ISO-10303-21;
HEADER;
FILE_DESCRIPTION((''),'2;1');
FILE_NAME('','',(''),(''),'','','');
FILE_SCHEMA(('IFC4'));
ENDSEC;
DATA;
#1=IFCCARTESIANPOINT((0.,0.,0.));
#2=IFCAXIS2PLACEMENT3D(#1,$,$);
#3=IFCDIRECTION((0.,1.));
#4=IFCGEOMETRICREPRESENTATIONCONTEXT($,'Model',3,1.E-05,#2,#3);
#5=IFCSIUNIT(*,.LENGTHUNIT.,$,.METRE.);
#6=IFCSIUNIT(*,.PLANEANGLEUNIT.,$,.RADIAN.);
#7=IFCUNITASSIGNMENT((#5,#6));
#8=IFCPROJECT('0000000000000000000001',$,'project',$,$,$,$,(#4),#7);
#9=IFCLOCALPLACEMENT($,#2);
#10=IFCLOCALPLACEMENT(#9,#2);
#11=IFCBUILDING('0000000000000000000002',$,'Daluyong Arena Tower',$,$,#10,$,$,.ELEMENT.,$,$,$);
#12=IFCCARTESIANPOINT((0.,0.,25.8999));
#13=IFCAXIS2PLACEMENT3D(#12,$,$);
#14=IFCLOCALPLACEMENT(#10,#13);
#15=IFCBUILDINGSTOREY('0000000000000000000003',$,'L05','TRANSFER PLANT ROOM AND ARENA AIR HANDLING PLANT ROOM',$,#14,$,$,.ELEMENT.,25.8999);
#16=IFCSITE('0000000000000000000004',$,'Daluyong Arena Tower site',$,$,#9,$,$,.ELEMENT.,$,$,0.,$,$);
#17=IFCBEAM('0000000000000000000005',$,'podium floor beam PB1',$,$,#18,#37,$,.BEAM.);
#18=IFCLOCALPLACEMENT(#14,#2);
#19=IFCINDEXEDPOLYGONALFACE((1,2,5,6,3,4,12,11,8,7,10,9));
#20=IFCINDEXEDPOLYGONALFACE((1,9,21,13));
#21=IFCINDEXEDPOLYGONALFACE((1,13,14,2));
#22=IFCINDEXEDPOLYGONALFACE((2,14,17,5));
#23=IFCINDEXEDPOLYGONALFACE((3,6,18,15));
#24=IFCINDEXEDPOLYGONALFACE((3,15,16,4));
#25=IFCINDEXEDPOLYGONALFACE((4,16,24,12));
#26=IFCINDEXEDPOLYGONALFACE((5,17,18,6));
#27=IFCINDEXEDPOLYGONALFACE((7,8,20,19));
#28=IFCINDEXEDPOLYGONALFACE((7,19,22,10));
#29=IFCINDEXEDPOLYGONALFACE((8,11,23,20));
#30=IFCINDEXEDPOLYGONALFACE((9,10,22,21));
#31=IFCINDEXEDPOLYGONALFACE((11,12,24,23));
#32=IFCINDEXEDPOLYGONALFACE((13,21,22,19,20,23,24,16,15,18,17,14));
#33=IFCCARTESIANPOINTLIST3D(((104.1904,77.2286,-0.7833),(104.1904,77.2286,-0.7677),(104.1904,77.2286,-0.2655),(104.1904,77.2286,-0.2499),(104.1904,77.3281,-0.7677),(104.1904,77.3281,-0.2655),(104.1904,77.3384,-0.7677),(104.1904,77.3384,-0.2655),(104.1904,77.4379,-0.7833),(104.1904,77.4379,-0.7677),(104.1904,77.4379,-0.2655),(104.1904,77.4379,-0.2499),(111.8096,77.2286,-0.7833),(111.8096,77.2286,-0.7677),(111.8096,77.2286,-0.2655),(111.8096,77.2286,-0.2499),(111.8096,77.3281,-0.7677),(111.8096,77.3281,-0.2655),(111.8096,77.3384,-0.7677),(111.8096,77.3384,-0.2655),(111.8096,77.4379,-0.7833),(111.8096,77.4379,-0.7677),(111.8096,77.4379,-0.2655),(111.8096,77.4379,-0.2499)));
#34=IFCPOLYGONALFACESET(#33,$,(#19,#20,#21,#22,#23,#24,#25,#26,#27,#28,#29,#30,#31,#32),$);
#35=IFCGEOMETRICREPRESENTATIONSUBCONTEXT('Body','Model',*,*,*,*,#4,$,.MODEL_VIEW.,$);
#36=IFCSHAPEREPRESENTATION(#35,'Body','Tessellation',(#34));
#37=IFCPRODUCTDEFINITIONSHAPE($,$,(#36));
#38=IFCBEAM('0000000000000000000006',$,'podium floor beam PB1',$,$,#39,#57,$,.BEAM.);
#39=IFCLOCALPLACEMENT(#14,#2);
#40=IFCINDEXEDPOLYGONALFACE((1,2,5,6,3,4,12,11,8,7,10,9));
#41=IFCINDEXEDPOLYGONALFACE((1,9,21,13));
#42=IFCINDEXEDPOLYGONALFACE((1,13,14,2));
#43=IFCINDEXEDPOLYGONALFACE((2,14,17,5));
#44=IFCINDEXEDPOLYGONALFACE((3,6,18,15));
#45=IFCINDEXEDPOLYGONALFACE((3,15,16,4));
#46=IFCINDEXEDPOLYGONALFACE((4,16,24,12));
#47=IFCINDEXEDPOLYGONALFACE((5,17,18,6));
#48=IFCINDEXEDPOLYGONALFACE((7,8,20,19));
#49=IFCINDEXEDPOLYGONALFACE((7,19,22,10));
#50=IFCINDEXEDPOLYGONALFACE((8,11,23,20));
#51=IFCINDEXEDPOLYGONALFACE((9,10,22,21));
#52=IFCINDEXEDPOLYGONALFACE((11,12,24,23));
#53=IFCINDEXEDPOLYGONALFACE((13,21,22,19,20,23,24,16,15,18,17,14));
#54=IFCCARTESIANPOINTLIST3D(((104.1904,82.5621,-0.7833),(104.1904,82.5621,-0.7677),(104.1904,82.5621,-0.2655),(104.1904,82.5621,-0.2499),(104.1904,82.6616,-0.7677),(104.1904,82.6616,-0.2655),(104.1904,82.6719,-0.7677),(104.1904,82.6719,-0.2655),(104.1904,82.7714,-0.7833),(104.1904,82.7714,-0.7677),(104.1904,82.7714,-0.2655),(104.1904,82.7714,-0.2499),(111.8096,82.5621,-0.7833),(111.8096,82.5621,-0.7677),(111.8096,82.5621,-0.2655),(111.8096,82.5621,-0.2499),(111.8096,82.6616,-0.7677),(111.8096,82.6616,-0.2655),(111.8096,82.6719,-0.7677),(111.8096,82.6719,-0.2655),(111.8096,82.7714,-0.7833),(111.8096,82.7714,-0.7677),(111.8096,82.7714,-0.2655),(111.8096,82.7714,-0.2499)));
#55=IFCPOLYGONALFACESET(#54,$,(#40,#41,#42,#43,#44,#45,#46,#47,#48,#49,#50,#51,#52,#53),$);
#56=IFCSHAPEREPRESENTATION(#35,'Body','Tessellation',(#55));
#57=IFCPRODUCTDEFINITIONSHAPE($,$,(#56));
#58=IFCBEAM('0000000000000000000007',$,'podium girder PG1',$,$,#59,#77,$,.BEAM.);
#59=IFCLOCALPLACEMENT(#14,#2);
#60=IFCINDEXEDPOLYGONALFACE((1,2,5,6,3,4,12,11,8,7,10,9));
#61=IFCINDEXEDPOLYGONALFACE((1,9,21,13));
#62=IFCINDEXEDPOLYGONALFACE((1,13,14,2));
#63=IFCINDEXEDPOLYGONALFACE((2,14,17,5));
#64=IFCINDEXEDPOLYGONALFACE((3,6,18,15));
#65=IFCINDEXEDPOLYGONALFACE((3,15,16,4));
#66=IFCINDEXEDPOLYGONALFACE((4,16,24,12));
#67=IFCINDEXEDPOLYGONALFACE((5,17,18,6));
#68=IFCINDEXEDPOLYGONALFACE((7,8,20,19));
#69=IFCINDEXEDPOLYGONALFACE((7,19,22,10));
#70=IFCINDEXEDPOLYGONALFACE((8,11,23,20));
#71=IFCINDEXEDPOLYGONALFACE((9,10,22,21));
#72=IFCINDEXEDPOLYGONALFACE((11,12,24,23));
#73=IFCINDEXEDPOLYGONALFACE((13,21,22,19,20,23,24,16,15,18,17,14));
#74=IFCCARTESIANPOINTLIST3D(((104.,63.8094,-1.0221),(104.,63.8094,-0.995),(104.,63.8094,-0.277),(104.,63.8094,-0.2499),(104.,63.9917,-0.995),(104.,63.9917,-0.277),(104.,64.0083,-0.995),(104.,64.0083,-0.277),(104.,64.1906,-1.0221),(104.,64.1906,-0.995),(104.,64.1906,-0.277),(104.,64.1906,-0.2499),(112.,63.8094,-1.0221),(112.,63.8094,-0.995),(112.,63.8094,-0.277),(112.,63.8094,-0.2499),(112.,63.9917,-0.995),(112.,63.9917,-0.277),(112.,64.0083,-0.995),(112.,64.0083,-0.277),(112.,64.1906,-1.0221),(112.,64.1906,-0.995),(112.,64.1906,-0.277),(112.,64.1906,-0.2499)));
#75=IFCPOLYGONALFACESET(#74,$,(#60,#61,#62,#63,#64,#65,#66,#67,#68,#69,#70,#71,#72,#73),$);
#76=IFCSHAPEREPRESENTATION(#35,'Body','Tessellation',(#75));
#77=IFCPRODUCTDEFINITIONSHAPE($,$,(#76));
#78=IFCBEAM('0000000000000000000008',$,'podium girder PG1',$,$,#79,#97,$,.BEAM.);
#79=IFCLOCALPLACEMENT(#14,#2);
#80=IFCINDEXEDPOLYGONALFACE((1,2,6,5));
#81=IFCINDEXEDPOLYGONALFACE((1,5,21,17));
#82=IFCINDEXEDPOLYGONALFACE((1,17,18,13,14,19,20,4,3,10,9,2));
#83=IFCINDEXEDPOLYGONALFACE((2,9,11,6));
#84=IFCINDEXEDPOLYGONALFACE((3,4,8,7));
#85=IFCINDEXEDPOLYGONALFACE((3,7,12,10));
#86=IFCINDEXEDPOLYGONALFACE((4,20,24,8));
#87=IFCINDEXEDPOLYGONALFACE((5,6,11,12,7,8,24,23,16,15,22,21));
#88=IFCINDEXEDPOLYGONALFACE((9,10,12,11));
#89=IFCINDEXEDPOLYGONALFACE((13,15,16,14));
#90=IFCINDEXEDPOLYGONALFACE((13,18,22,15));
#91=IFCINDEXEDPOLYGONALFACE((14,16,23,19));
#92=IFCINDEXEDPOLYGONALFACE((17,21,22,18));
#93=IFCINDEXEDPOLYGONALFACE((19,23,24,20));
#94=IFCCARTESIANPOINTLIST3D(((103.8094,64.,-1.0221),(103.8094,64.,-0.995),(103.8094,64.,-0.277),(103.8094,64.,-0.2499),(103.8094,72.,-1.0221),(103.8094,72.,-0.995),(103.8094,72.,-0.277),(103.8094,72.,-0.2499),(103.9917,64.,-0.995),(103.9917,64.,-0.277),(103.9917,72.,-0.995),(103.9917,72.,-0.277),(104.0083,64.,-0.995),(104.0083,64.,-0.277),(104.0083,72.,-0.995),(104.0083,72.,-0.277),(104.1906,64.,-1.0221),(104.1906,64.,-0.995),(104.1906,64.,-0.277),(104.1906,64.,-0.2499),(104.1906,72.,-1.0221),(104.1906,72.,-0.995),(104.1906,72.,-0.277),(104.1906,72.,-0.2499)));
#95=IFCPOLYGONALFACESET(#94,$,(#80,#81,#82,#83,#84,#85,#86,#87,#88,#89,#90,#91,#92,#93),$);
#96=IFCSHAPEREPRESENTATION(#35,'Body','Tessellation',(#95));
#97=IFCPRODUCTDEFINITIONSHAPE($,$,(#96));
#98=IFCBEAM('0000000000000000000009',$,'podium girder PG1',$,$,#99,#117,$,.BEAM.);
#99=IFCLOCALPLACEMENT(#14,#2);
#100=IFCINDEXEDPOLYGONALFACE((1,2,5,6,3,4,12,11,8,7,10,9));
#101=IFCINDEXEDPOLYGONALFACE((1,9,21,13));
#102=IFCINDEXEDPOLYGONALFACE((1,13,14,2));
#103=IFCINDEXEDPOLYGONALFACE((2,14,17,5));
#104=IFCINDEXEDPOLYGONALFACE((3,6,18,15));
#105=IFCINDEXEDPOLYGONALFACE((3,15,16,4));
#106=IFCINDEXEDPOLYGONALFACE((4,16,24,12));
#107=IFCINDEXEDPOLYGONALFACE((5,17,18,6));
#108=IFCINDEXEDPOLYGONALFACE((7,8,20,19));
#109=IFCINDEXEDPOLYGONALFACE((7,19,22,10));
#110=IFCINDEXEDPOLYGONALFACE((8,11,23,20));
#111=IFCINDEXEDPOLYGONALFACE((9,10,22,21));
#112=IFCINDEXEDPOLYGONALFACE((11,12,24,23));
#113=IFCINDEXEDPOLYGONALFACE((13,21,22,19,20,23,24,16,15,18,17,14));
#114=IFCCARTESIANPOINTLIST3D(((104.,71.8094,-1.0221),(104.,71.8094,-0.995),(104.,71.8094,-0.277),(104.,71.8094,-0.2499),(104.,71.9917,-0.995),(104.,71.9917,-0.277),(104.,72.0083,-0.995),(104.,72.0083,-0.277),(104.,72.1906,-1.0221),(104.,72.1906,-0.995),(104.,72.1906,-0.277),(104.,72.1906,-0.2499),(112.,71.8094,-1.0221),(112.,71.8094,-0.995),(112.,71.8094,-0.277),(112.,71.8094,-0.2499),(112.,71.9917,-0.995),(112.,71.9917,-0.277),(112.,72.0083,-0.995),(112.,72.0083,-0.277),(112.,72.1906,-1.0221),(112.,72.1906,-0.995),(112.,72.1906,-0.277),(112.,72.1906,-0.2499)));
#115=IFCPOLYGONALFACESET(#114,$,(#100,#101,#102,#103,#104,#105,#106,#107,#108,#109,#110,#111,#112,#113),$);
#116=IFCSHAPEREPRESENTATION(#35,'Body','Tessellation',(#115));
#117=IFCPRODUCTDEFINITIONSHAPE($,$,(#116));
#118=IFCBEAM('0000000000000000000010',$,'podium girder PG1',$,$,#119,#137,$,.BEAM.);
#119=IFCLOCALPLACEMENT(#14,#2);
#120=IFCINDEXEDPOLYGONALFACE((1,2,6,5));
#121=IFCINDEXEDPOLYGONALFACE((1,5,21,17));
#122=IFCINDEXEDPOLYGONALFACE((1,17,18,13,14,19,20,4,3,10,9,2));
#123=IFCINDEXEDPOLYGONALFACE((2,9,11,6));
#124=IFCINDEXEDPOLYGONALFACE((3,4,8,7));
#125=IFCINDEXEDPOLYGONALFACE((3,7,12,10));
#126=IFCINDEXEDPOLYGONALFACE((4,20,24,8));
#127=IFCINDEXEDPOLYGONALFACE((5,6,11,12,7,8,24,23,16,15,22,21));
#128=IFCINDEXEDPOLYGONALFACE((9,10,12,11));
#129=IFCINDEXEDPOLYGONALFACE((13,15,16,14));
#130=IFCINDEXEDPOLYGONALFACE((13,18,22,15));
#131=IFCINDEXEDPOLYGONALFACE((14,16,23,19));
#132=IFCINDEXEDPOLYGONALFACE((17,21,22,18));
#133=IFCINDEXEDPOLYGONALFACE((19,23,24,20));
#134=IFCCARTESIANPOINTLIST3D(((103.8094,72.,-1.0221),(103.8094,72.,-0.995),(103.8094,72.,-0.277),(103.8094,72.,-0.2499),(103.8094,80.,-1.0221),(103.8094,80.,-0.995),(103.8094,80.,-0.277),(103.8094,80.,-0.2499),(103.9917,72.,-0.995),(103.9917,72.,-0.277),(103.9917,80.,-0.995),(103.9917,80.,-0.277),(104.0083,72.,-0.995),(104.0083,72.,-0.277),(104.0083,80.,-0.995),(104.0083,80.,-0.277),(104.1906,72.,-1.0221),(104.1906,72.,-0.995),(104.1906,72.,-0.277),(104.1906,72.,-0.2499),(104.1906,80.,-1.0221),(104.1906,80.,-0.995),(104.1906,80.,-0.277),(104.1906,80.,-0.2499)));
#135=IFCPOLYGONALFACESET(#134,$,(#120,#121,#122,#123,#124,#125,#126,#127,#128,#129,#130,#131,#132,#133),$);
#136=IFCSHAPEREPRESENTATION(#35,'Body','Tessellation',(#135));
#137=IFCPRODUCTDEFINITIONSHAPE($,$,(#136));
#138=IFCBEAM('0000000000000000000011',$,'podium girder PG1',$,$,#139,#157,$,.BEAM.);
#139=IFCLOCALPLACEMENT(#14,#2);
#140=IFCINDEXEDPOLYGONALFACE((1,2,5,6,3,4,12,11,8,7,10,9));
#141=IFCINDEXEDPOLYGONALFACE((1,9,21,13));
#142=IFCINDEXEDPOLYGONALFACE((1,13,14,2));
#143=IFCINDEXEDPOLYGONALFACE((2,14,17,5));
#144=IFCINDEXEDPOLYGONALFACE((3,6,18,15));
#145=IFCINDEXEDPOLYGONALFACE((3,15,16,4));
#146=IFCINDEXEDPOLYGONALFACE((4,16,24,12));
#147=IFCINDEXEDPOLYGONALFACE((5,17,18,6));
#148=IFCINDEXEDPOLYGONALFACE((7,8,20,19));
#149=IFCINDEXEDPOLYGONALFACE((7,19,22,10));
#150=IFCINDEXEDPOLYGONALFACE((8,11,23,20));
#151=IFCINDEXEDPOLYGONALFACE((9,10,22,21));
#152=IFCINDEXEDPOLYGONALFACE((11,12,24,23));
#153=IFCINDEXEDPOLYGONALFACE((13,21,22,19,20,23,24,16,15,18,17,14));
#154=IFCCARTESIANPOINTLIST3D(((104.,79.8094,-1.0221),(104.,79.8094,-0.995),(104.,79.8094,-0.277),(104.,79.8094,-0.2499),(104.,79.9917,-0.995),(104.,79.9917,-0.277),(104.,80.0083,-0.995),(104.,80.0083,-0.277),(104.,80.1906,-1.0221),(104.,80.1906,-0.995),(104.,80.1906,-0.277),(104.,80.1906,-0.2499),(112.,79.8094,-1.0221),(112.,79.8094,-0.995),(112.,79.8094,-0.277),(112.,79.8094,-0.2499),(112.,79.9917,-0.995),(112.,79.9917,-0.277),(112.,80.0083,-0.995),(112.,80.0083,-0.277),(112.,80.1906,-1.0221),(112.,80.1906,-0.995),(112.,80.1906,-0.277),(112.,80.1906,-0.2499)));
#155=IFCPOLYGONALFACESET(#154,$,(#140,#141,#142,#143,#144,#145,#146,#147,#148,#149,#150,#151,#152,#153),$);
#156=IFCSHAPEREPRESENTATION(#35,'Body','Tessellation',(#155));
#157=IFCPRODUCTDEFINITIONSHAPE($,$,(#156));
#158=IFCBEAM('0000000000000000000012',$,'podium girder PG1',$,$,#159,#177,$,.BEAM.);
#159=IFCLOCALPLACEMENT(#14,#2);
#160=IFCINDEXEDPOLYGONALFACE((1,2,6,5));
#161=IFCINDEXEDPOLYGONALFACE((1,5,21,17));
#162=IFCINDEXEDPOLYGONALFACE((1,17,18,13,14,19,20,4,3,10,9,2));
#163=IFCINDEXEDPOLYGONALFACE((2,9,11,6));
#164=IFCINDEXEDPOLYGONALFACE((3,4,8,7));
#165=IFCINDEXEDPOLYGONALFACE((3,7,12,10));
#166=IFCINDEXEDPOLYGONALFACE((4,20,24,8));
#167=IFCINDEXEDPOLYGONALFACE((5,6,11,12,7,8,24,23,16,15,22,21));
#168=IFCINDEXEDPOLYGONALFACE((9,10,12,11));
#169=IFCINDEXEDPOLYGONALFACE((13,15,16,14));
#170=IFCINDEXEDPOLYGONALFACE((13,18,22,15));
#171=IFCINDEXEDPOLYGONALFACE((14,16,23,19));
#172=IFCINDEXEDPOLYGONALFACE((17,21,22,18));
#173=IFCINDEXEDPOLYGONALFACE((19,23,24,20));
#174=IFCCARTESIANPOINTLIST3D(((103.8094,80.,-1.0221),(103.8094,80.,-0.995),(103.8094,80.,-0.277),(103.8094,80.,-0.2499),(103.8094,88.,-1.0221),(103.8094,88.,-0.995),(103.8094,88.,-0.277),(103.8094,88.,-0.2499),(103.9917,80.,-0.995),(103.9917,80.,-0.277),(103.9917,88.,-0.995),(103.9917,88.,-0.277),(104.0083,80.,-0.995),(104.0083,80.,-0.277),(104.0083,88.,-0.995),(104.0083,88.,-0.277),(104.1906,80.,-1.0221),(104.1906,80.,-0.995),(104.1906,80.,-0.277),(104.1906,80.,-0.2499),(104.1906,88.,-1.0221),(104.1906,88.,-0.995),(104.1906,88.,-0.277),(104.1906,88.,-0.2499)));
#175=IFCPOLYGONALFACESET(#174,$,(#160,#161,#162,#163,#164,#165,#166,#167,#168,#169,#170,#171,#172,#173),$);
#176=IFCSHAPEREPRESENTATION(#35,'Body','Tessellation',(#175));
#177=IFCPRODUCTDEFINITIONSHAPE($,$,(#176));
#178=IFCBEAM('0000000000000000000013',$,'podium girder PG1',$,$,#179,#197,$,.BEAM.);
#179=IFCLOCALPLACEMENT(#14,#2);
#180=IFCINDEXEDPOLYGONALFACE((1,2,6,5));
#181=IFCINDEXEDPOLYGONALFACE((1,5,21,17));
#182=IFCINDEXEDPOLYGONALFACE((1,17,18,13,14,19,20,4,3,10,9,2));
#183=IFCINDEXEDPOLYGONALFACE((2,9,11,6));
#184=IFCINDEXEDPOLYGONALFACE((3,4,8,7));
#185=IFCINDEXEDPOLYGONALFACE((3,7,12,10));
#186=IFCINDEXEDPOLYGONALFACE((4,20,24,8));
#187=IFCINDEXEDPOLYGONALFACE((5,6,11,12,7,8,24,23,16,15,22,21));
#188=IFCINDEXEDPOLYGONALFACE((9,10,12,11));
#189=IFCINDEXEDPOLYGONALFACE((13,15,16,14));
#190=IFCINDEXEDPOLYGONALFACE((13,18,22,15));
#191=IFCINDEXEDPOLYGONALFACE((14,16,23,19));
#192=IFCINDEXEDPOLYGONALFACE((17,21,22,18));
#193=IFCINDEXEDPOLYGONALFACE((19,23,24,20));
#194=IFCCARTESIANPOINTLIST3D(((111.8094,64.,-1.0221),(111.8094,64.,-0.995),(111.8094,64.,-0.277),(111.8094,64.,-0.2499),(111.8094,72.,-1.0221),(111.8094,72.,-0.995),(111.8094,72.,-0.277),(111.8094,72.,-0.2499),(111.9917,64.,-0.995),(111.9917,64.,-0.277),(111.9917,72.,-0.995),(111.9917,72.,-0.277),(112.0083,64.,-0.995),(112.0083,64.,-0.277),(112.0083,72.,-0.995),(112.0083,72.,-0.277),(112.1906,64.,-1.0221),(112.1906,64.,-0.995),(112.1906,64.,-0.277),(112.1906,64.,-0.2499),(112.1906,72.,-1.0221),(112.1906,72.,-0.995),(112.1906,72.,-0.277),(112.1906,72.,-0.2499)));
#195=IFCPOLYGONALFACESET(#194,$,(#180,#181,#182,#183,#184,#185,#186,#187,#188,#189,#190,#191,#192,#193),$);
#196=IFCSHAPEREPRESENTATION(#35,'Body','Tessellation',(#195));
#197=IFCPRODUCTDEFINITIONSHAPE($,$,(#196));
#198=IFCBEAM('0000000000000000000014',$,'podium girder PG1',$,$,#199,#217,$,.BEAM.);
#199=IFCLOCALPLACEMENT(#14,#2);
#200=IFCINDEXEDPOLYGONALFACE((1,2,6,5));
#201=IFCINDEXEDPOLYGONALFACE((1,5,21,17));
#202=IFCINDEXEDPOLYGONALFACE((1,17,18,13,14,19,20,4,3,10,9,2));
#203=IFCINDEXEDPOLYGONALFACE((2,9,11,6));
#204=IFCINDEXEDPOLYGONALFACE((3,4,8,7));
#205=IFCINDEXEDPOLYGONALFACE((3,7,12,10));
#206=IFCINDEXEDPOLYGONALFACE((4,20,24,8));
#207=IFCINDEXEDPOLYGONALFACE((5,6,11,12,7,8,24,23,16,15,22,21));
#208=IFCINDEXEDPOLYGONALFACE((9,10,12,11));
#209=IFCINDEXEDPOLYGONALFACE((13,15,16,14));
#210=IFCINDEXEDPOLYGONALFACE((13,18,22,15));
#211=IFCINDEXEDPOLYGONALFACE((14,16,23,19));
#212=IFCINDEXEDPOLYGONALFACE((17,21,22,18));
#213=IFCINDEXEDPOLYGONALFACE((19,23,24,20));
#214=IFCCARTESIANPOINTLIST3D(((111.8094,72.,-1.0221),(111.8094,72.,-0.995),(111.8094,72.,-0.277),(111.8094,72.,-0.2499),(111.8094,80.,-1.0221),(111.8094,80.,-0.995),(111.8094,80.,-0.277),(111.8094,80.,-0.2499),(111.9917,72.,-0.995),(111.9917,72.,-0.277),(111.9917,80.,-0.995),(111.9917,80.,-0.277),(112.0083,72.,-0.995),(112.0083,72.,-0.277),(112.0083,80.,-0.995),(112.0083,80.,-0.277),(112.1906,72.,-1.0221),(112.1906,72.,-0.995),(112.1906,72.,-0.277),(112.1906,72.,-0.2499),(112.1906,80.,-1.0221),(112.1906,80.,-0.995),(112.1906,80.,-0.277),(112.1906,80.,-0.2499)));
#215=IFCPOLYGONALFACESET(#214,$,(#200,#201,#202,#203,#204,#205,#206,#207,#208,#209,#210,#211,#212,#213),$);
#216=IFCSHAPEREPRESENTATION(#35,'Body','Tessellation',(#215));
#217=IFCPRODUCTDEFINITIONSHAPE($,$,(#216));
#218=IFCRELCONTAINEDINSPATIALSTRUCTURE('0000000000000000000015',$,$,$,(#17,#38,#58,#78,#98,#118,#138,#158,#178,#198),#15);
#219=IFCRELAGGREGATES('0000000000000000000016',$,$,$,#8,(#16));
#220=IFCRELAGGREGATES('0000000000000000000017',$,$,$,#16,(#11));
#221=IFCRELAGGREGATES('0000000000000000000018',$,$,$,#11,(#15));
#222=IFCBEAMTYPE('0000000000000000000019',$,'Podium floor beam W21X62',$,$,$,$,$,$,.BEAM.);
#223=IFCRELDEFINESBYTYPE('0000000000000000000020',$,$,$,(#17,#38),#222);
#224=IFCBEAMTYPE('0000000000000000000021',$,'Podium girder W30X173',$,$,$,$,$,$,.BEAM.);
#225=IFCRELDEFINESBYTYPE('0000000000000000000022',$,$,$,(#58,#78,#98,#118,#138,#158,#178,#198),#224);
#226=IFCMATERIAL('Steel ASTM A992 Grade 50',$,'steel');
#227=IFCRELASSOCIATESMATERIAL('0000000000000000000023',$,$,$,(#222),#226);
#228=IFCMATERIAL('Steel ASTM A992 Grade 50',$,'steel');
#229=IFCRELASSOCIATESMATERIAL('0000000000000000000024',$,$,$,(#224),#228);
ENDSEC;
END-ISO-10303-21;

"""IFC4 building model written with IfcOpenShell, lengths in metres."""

from ifc_helpers import new_model, si_unit, direction, frame, origin, origin_2d, place, context, subcontext, project, spatial, i_section, extrude, material, material_profile, profile_set, type_object, element, save


model = new_model("IFC4")

# Units and contexts
model_context = context("Model", 3, precision=1e-05, world=origin(), true_north=direction((0.0, 1.0)))
body_context = subcontext(model_context, "Body", "Model", "MODEL_VIEW")
ifc_project = project(units=[si_unit("LENGTHUNIT", "METRE"), si_unit("PLANEANGLEUNIT", "RADIAN")], contexts=[model_context])

# Site, building, storey
site_placement = place(None, origin())
site = spatial("IfcSite", under=ifc_project, at=site_placement, Name="Daluyong Arena Tower site", CompositionType="ELEMENT", RefElevation=0.0)
building_placement = place(site_placement, origin())
building = spatial("IfcBuilding", under=site, at=building_placement, Name="Daluyong Arena Tower", CompositionType="ELEMENT")
storey_placement = place(building_placement, frame((0.0, 0.0, 25.8999)))
storey = spatial("IfcBuildingStorey", under=building, at=storey_placement, Name="L05", Description="TRANSFER PLANT ROOM AND ARENA AIR HANDLING PLANT ROOM", CompositionType="ELEMENT", Elevation=25.8999)

# Beams
ifc_material_1 = material(Name="Steel ASTM A992 Grade 50", Category="steel")
ifc_material_profile_1 = material_profile(ifc_material_1, i_section(OverallWidth=0.2092, OverallDepth=0.5334, WebThickness=0.0103, FlangeThickness=0.0156, at=origin_2d()))
ifc_profile_set_1 = profile_set([ifc_material_profile_1], Name="Steel ASTM A992 Grade 50")
beam_type_1 = type_object("IfcBeamType", Name="Podium floor beam W21X62", PredefinedType="BEAM", material=ifc_profile_set_1)
for number, where, z_axis, x_axis, name in (
    (1, (104.1904, 77.3333, -0.5166), (1.0, 0.0, 0.0), (0.0, 1.0, 0.0), "podium floor beam PB1"),
    (2, (104.1904, 82.6667, -0.5166), (1.0, 0.0, 0.0), (0.0, 1.0, 0.0), "podium floor beam PB1"),
):
    element("IfcBeam", number, at=place(storey_placement, frame(where, z_axis=z_axis, x_axis=x_axis)), inside=storey, type_object=beam_type_1, Name=name, PredefinedType="BEAM", context=body_context, shape_type="SweptSolid", body=[
        extrude(i_section(OverallWidth=0.2092, OverallDepth=0.5334, WebThickness=0.0103, FlangeThickness=0.0156, at=origin_2d()), origin(), (0.0, 0.0, 1.0), 7.6191),
    ])
ifc_material_2 = material(Name="Steel ASTM A992 Grade 50", Category="steel")
ifc_material_profile_2 = material_profile(ifc_material_2, i_section(OverallWidth=0.3811, OverallDepth=0.7722, WebThickness=0.0166, FlangeThickness=0.0271, at=origin_2d()))
ifc_profile_set_2 = profile_set([ifc_material_profile_2], Name="Steel ASTM A992 Grade 50")
beam_type_2 = type_object("IfcBeamType", Name="Podium girder W30X173", PredefinedType="BEAM", material=ifc_profile_set_2)
for number, where, z_axis, x_axis, name in (
    (3, (104.0, 64.0, -0.636), (1.0, 0.0, 0.0), (0.0, 1.0, 0.0), "podium girder PG1"),
    (4, (104.0, 64.0, -0.636), (0.0, 1.0, 0.0), (-1.0, 0.0, 0.0), "podium girder PG1"),
    (5, (104.0, 72.0, -0.636), (1.0, 0.0, 0.0), (0.0, 1.0, 0.0), "podium girder PG1"),
    (6, (104.0, 72.0, -0.636), (0.0, 1.0, 0.0), (-1.0, 0.0, 0.0), "podium girder PG1"),
    (7, (104.0, 80.0, -0.636), (1.0, 0.0, 0.0), (0.0, 1.0, 0.0), "podium girder PG1"),
    (8, (104.0, 80.0, -0.636), (0.0, 1.0, 0.0), (-1.0, 0.0, 0.0), "podium girder PG1"),
    (9, (112.0, 64.0, -0.636), (0.0, 1.0, 0.0), (-1.0, 0.0, 0.0), "podium girder PG1"),
    (10, (112.0, 72.0, -0.636), (0.0, 1.0, 0.0), (-1.0, 0.0, 0.0), "podium girder PG1"),
):
    element("IfcBeam", number, at=place(storey_placement, frame(where, z_axis=z_axis, x_axis=x_axis)), inside=storey, type_object=beam_type_2, Name=name, PredefinedType="BEAM", context=body_context, shape_type="SweptSolid", body=[
        extrude(i_section(OverallWidth=0.3811, OverallDepth=0.7722, WebThickness=0.0166, FlangeThickness=0.0271, at=origin_2d()), origin(), (0.0, 0.0, 1.0), 8.0),
    ])

save(model, "model.ifc")
